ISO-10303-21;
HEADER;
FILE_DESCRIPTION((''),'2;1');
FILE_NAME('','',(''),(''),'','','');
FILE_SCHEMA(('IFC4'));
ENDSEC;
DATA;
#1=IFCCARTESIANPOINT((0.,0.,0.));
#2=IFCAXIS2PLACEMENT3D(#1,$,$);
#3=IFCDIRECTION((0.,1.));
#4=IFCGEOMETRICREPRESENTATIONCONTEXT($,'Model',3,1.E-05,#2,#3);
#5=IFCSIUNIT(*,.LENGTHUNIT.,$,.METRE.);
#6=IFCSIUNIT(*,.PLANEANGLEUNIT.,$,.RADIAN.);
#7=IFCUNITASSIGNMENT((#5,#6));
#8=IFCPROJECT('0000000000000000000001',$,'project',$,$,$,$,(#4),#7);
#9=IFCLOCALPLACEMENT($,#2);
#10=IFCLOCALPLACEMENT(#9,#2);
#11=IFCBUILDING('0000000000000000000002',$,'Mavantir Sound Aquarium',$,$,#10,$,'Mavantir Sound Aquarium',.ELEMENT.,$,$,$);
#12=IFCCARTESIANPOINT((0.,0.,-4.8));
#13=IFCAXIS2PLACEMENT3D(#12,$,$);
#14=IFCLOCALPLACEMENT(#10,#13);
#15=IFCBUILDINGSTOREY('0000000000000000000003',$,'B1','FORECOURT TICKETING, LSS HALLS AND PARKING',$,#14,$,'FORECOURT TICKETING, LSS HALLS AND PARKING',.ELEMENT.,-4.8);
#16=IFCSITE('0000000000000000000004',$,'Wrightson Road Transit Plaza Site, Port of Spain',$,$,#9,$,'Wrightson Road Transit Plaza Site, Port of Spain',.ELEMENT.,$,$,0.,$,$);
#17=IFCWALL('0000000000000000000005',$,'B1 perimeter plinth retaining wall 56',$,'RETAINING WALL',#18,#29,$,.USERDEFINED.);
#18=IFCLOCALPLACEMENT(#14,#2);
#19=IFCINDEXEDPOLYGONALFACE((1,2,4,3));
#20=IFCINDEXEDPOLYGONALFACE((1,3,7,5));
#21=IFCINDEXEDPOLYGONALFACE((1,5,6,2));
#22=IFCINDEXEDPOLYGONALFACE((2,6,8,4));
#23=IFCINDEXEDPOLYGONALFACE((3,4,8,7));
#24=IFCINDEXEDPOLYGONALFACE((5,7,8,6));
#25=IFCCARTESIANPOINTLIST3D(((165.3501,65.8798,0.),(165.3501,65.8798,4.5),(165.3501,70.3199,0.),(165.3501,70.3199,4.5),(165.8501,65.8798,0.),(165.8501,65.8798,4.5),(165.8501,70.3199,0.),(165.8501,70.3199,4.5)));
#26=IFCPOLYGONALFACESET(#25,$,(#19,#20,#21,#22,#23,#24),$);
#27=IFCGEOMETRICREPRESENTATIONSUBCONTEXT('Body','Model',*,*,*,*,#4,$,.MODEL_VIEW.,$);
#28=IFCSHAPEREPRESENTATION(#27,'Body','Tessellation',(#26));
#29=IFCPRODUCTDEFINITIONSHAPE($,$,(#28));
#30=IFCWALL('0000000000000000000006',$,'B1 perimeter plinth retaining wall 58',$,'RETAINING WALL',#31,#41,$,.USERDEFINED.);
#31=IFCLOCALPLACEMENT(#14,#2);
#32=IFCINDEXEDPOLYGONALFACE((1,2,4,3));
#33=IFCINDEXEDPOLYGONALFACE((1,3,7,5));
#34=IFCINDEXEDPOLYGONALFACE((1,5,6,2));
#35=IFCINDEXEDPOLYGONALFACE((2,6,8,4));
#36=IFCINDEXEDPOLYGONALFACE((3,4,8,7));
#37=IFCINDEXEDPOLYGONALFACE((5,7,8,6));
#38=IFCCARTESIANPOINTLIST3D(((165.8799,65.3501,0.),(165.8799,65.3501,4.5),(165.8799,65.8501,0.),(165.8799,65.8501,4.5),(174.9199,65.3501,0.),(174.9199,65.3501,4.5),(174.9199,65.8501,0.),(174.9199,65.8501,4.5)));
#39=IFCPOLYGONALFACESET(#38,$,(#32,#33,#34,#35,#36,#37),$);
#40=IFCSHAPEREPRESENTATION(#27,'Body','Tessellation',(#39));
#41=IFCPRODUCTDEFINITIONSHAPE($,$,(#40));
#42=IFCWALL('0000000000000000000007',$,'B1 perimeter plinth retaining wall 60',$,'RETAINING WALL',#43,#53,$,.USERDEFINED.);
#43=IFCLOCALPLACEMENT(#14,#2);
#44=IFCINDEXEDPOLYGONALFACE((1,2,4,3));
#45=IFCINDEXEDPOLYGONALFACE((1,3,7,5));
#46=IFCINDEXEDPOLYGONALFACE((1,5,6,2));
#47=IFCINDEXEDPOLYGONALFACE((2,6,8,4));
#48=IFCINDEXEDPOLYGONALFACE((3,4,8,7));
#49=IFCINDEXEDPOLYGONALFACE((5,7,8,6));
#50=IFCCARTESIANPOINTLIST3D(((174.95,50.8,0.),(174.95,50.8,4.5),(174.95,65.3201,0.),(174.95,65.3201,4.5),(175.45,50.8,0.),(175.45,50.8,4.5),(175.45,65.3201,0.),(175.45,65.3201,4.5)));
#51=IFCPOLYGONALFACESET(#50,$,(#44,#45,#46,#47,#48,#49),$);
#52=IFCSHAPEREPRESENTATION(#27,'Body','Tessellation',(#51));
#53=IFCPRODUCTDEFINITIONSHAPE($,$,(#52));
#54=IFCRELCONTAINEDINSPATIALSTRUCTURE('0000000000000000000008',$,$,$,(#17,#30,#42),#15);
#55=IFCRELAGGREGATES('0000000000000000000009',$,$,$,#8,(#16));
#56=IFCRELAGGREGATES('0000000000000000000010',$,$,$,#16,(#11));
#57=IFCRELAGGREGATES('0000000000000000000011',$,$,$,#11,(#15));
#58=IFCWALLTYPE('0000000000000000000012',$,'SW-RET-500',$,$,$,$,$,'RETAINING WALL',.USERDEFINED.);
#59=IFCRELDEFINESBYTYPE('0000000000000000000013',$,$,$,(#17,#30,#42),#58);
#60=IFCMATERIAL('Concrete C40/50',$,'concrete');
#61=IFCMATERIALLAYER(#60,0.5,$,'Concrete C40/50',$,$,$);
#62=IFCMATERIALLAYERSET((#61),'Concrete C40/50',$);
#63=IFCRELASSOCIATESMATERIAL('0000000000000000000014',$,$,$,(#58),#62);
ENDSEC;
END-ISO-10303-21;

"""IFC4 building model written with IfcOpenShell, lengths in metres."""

from ifc_helpers import new_model, si_unit, direction, frame, frame_2d, origin, place, context, subcontext, project, spatial, rectangle, extrude, material, layer, layer_set, type_object, element, save


model = new_model("IFC4")

# Units and contexts
model_context = context("Model", 3, precision=1e-05, world=origin(), true_north=direction((0.0, 1.0)))
body_context = subcontext(model_context, "Body", "Model", "MODEL_VIEW")
ifc_project = project(units=[si_unit("LENGTHUNIT", "METRE"), si_unit("PLANEANGLEUNIT", "RADIAN")], contexts=[model_context])

# Site, building, storey
site_placement = place(None, origin())
site = spatial("IfcSite", under=ifc_project, at=site_placement, Name="Wrightson Road Transit Plaza Site, Port of Spain", LongName="Wrightson Road Transit Plaza Site, Port of Spain", CompositionType="ELEMENT", RefElevation=0.0)
building_placement = place(site_placement, origin())
building = spatial("IfcBuilding", under=site, at=building_placement, Name="Mavantir Sound Aquarium", LongName="Mavantir Sound Aquarium", CompositionType="ELEMENT")
storey_placement = place(building_placement, frame((0.0, 0.0, -4.8)))
storey = spatial("IfcBuildingStorey", under=building, at=storey_placement, Name="B1", Description="FORECOURT TICKETING, LSS HALLS AND PARKING", LongName="FORECOURT TICKETING, LSS HALLS AND PARKING", CompositionType="ELEMENT", Elevation=-4.8)

# Shared definitions
ifc_material_1 = material(Name="Concrete C40/50", Category="concrete")

# Walls
ifc_layer = layer(ifc_material_1, 0.5, Name="Concrete C40/50")
ifc_layer_set = layer_set([ifc_layer], Name="Concrete C40/50")
wall_type = type_object("IfcWallType", Name="SW-RET-500", ElementType="RETAINING WALL", PredefinedType="USERDEFINED", material=ifc_layer_set)
wall_1_placement = place(storey_placement, frame((165.6001, 70.3201, 0.0), z_axis=(0.0, 0.0, 1.0), x_axis=(0.0, -1.0, 0.0)))
element("IfcWall", 1, at=wall_1_placement, inside=storey, type_object=wall_type, Name="B1 perimeter plinth retaining wall 56", ObjectType="RETAINING WALL", PredefinedType="USERDEFINED", context=body_context, shape_type="SweptSolid", body=[
    extrude(rectangle(XDim=4.4402, YDim=0.5, at=frame_2d((2.2202, 0.0))), origin(), (0.0, 0.0, 1.0), 4.5),
])
wall_2_placement = place(storey_placement, frame((165.8799, 65.6001, 0.0), z_axis=(0.0, 0.0, 1.0), x_axis=(1.0, 0.0, 0.0)))
element("IfcWall", 2, at=wall_2_placement, inside=storey, type_object=wall_type, Name="B1 perimeter plinth retaining wall 58", ObjectType="RETAINING WALL", PredefinedType="USERDEFINED", context=body_context, shape_type="SweptSolid", body=[
    extrude(rectangle(XDim=9.04, YDim=0.5, at=frame_2d((4.52, 0.0))), origin(), (0.0, 0.0, 1.0), 4.5),
])
wall_3_placement = place(storey_placement, frame((175.2, 65.3201, 0.0), z_axis=(0.0, 0.0, 1.0), x_axis=(0.0, -1.0, 0.0)))
element("IfcWall", 3, at=wall_3_placement, inside=storey, type_object=wall_type, Name="B1 perimeter plinth retaining wall 60", ObjectType="RETAINING WALL", PredefinedType="USERDEFINED", context=body_context, shape_type="SweptSolid", body=[
    extrude(rectangle(XDim=14.52, YDim=0.5, at=frame_2d((7.26, 0.0))), origin(), (0.0, 0.0, 1.0), 4.5),
])

save(model, "model.ifc")
